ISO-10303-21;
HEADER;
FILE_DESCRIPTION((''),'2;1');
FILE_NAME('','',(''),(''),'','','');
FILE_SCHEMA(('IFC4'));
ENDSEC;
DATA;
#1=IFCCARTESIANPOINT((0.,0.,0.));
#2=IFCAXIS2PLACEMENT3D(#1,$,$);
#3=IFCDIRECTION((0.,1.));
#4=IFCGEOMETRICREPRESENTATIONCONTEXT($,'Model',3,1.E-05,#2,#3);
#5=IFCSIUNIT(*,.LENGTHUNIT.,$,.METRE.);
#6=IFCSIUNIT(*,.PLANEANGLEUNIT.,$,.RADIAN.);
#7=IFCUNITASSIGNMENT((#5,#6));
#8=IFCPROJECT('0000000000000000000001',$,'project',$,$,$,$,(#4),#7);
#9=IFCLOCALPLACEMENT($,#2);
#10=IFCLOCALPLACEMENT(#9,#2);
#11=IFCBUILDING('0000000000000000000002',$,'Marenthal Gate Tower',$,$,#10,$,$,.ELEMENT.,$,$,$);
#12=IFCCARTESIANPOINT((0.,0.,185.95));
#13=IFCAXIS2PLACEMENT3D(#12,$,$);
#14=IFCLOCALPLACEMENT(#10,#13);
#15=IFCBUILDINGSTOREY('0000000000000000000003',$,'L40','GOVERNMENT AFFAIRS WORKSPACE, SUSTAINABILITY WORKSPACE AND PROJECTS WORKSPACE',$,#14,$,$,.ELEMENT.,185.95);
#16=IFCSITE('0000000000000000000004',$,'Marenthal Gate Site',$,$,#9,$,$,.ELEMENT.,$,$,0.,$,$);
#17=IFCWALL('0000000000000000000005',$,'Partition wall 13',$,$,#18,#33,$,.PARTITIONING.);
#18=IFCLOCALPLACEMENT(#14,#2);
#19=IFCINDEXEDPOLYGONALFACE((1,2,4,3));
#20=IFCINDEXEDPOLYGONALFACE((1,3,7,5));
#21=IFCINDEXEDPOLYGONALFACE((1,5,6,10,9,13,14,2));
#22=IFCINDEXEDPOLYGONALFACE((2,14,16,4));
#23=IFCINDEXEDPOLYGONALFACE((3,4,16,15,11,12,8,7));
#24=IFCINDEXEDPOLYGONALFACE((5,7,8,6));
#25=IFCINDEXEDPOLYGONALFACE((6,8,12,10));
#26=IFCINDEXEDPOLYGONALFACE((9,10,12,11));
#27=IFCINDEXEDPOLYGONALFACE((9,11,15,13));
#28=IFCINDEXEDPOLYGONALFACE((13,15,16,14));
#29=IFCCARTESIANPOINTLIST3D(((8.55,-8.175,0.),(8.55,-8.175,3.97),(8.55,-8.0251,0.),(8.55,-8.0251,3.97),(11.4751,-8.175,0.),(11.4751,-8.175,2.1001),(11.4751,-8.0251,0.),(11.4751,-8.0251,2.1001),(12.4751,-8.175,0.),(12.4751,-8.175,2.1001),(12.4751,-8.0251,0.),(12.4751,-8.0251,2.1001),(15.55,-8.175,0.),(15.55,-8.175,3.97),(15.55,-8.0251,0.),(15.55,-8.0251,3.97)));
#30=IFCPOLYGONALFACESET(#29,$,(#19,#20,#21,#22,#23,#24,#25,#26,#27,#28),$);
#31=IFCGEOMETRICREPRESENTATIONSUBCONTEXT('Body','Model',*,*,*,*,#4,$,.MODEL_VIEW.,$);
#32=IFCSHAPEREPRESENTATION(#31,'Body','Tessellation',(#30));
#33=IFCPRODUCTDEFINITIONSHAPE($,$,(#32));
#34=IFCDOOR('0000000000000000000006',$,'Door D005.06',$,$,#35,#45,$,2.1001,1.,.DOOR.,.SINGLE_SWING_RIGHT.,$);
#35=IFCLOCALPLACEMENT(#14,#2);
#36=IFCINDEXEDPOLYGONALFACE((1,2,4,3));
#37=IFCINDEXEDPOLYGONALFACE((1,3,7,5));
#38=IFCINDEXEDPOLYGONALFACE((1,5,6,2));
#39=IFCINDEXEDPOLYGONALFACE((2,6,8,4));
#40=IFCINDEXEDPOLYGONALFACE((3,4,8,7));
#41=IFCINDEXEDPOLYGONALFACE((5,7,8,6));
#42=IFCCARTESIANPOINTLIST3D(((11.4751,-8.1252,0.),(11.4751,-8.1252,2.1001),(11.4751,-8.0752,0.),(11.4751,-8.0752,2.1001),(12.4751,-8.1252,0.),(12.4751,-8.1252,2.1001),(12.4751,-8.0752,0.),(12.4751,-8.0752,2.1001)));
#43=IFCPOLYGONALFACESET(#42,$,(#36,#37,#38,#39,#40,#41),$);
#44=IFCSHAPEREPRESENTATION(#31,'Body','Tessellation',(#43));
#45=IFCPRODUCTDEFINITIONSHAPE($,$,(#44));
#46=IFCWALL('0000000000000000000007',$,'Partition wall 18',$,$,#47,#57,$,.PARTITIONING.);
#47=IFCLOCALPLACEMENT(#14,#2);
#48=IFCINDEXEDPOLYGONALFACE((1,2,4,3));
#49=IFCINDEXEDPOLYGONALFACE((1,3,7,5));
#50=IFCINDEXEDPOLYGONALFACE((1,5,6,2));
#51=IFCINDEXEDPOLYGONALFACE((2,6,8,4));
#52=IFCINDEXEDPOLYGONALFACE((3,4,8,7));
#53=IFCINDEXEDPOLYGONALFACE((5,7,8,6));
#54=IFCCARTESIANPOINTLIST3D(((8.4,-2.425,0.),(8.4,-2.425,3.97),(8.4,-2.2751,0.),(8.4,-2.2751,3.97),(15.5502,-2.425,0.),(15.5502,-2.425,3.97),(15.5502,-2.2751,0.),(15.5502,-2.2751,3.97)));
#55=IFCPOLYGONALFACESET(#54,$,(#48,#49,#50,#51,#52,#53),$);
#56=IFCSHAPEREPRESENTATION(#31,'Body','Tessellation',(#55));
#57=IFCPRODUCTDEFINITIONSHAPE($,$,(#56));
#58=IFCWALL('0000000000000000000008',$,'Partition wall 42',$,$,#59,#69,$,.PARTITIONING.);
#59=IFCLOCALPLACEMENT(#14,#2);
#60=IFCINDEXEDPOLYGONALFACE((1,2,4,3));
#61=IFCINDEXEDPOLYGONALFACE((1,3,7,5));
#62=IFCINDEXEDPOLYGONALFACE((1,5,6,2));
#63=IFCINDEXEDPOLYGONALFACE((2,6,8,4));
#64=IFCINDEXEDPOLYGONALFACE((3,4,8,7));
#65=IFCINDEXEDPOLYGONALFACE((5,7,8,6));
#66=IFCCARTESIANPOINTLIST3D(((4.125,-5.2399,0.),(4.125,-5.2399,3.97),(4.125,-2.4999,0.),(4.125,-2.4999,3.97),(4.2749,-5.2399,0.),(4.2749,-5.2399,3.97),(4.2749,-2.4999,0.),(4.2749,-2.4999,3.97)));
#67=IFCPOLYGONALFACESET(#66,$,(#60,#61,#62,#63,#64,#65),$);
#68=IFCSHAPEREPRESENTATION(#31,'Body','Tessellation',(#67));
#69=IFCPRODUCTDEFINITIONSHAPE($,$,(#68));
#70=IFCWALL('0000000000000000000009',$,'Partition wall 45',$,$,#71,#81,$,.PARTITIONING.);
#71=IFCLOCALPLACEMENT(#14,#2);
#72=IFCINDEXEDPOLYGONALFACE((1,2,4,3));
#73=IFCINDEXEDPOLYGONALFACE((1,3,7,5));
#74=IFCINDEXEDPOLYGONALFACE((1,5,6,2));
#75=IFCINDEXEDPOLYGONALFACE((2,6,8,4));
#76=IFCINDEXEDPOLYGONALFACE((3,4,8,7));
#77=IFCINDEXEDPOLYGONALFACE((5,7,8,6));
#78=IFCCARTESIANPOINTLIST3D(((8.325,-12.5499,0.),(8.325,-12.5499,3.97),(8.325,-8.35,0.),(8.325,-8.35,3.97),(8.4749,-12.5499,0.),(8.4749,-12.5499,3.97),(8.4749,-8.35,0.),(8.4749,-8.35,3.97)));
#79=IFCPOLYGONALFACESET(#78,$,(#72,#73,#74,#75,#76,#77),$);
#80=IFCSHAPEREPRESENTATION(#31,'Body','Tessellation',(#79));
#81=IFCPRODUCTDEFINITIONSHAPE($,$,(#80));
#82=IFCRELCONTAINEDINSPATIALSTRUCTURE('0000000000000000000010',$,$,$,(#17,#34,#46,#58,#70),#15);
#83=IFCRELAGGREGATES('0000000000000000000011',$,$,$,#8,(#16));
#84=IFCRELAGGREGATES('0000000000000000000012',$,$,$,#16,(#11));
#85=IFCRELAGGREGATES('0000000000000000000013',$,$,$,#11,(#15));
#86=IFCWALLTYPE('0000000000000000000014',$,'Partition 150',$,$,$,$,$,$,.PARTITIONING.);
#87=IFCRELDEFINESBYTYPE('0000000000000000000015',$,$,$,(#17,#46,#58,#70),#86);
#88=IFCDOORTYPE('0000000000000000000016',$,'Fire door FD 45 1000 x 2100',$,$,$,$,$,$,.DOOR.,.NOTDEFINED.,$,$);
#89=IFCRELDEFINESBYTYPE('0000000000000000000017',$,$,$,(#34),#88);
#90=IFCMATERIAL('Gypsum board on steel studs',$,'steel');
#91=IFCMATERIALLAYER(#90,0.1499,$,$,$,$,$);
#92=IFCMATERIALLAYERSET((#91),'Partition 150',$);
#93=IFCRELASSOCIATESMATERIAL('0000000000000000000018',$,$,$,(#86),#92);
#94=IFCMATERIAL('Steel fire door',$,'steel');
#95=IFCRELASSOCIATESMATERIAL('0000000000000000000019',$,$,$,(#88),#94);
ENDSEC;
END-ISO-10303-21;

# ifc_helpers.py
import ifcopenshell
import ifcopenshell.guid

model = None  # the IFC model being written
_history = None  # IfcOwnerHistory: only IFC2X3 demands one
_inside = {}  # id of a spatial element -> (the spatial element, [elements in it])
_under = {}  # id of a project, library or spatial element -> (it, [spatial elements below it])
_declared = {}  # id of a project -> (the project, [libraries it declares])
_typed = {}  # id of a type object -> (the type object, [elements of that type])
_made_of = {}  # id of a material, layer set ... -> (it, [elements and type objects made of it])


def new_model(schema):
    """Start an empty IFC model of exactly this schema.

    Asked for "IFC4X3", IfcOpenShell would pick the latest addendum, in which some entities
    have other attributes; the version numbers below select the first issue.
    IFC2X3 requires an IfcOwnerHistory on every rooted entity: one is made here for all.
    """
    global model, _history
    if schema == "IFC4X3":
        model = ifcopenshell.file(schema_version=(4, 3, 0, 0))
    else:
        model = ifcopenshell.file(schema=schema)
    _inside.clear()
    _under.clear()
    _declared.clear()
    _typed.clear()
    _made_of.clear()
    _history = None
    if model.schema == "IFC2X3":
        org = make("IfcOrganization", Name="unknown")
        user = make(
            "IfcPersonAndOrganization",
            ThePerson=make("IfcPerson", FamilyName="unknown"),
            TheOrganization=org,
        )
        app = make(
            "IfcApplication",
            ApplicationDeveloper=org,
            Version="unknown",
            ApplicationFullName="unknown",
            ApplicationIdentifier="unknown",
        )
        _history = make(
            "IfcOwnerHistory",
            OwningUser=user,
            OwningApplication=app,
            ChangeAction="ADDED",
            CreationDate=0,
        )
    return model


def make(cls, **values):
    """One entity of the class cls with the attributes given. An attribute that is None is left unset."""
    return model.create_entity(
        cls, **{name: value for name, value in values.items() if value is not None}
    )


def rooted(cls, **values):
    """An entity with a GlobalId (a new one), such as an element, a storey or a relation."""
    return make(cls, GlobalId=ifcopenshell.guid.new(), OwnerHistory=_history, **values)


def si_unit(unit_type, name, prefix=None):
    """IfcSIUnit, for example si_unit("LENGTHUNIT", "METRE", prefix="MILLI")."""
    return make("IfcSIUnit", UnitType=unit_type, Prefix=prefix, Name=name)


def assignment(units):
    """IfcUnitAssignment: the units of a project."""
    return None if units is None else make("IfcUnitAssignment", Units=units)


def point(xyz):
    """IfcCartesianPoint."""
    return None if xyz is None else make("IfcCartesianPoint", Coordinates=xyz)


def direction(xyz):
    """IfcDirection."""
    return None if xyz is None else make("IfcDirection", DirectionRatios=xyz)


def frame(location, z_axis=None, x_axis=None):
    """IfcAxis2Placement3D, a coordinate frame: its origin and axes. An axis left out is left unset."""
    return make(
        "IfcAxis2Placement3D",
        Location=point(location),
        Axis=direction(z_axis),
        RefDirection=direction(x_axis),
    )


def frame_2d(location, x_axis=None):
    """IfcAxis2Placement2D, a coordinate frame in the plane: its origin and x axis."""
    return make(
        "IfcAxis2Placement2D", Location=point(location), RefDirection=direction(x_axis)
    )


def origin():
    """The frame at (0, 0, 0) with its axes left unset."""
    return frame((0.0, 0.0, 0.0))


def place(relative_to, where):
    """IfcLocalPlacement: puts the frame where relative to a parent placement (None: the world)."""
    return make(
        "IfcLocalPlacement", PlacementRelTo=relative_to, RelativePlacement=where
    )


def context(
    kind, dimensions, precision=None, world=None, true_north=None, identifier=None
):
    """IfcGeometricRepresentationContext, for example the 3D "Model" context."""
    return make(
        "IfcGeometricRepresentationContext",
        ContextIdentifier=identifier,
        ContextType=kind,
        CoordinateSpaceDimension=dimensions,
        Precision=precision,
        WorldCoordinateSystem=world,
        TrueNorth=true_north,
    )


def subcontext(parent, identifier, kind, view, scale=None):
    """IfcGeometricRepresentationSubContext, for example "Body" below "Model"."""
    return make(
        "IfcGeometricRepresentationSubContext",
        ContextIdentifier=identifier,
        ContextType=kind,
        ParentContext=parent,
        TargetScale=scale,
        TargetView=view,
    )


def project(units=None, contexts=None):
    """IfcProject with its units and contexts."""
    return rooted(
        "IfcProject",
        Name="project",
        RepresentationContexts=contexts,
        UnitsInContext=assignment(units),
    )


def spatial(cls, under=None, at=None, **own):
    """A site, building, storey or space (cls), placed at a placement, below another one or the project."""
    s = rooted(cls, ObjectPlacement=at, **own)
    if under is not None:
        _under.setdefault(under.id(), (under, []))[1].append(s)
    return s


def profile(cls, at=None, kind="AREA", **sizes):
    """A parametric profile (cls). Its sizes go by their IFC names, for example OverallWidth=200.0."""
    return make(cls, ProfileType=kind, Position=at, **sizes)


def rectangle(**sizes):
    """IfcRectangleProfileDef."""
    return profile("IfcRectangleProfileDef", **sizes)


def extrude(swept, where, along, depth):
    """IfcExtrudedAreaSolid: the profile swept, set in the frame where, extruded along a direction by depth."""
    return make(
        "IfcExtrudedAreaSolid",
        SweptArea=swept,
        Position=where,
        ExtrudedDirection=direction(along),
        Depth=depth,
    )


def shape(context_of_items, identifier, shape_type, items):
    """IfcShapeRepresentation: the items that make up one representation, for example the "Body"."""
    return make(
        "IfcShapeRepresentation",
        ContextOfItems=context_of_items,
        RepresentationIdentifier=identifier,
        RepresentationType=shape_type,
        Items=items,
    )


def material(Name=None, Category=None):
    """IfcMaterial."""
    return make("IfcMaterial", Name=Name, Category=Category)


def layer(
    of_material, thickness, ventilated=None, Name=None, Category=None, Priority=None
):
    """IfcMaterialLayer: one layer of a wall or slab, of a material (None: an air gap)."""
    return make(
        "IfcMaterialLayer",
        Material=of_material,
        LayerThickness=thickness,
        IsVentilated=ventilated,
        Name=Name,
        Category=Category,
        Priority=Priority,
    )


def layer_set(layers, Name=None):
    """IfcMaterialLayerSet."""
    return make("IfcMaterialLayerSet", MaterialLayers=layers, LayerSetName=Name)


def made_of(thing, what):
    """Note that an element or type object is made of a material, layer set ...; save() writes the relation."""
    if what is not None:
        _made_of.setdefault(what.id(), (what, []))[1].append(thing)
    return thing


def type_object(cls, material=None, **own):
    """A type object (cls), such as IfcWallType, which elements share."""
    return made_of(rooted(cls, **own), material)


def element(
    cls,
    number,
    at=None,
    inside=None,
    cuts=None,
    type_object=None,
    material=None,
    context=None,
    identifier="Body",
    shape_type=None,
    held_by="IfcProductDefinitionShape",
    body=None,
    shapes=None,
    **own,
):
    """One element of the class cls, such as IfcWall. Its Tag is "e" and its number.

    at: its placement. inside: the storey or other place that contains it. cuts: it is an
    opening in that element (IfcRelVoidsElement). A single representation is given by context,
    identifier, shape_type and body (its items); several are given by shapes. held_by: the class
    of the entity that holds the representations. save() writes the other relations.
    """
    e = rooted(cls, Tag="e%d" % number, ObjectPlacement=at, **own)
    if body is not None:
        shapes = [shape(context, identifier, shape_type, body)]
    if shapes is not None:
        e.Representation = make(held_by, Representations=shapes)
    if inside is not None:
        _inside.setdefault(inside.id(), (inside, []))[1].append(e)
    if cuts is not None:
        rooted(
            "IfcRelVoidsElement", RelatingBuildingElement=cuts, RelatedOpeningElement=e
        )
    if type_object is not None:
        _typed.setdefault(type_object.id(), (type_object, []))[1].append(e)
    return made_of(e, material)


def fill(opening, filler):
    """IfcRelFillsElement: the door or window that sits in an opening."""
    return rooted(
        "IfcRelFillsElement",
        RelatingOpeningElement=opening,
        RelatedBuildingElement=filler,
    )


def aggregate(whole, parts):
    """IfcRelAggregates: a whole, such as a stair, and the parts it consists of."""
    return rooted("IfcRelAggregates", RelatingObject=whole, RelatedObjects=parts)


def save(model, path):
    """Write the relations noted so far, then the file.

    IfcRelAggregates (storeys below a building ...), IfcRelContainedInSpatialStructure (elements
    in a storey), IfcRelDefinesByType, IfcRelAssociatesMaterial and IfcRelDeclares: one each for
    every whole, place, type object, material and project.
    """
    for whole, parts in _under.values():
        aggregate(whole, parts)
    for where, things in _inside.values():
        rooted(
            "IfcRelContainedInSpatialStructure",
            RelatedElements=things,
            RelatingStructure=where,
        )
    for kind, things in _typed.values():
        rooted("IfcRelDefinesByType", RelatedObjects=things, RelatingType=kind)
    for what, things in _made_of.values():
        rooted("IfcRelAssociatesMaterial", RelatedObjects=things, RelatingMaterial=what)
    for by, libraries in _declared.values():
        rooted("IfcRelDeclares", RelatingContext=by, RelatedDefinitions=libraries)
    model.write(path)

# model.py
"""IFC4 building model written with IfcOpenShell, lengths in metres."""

from ifc_helpers import new_model, si_unit, direction, frame, frame_2d, origin, place, context, subcontext, project, spatial, rectangle, extrude, material, layer, layer_set, type_object, element, fill, save


model = new_model("IFC4")

# Units and contexts
model_context = context("Model", 3, precision=1e-05, world=origin(), true_north=direction((0.0, 1.0)))
body_context = subcontext(model_context, "Body", "Model", "MODEL_VIEW")
ifc_project = project(units=[si_unit("LENGTHUNIT", "METRE"), si_unit("PLANEANGLEUNIT", "RADIAN")], contexts=[model_context])

# Site, building, storey
site_placement = place(None, origin())
site = spatial("IfcSite", under=ifc_project, at=site_placement, Name="Marenthal Gate Site", CompositionType="ELEMENT", RefElevation=0.0)
building_placement = place(site_placement, origin())
building = spatial("IfcBuilding", under=site, at=building_placement, Name="Marenthal Gate Tower", CompositionType="ELEMENT")
storey_placement = place(building_placement, frame((0.0, 0.0, 185.95)))
storey = spatial("IfcBuildingStorey", under=building, at=storey_placement, Name="L40", Description="GOVERNMENT AFFAIRS WORKSPACE, SUSTAINABILITY WORKSPACE AND PROJECTS WORKSPACE", CompositionType="ELEMENT", Elevation=185.95)

# Wall, opening, door
ifc_material_1 = material(Name="Gypsum board on steel studs", Category="steel")
ifc_layer_1 = layer(ifc_material_1, 0.1499)
ifc_layer_set_1 = layer_set([ifc_layer_1], Name="Partition 150")
wall_type_1 = type_object("IfcWallType", Name="Partition 150", PredefinedType="PARTITIONING", material=ifc_layer_set_1)
ifc_material_2 = material(Name="Steel fire door", Category="steel")
door_type_1 = type_object("IfcDoorType", Name="Fire door FD 45 1000 x 2100", OperationType="NOTDEFINED", PredefinedType="DOOR", material=ifc_material_2)
wall_1_placement = place(storey_placement, frame((8.55, -8.1001, 0.0), z_axis=(0.0, 0.0, 1.0), x_axis=(1.0, 0.0, 0.0)))
wall_1 = element("IfcWall", 1, at=wall_1_placement, inside=storey, type_object=wall_type_1, Name="Partition wall 13", PredefinedType="PARTITIONING", context=body_context, shape_type="SweptSolid", body=[
    extrude(rectangle(XDim=7.0, YDim=0.1499, at=frame_2d((3.5, 0.0))), origin(), (0.0, 0.0, 1.0), 3.97),
])
opening_1_placement = place(wall_1_placement, frame((2.925, 0.0, 0.0)))
opening_1 = element("IfcOpeningElement", 2, at=opening_1_placement, cuts=wall_1, PredefinedType="OPENING", context=body_context, shape_type="SweptSolid", body=[
    extrude(rectangle(XDim=1.0, YDim=2.1001, at=frame_2d((0.5, 1.05))), frame((0.0, 0.085, 0.0), z_axis=(0.0, -1.0, 0.0), x_axis=(1.0, 0.0, 0.0)), (0.0, 0.0, 1.0), 0.1699),
])
door_1_placement = place(opening_1_placement, origin())
door_1 = element("IfcDoor", 3, at=door_1_placement, inside=storey, type_object=door_type_1, Name="Door D005.06", OperationType="SINGLE_SWING_RIGHT", OverallHeight=2.1001, OverallWidth=1.0, PredefinedType="DOOR", context=body_context, shape_type="SweptSolid", body=[
    extrude(rectangle(XDim=1.0, YDim=2.1001, at=frame_2d((0.5, 1.05))), frame((0.0, 0.0249, 0.0), z_axis=(0.0, -1.0, 0.0), x_axis=(1.0, 0.0, 0.0)), (0.0, 0.0, 1.0), 0.05),
])
fill(opening_1, door_1)

# Walls
wall_2_placement = place(storey_placement, frame((8.3999, -2.3501, 0.0), z_axis=(0.0, 0.0, 1.0), x_axis=(1.0, 0.0, 0.0)))
element("IfcWall", 4, at=wall_2_placement, inside=storey, type_object=wall_type_1, Name="Partition wall 18", PredefinedType="PARTITIONING", context=body_context, shape_type="SweptSolid", body=[
    extrude(rectangle(XDim=7.1501, YDim=0.1499, at=frame_2d((3.5752, 0.0))), origin(), (0.0, 0.0, 1.0), 3.97),
])
wall_3_placement = place(storey_placement, frame((4.2, -5.24, 0.0), z_axis=(0.0, 0.0, 1.0), x_axis=(0.0, 1.0, 0.0)))
element("IfcWall", 5, at=wall_3_placement, inside=storey, type_object=wall_type_1, Name="Partition wall 42", PredefinedType="PARTITIONING", context=body_context, shape_type="SweptSolid", body=[
    extrude(rectangle(XDim=2.74, YDim=0.1499, at=frame_2d((1.3701, 0.0))), origin(), (0.0, 0.0, 1.0), 3.97),
])
wall_4_placement = place(storey_placement, frame((8.3999, -12.55, 0.0), z_axis=(0.0, 0.0, 1.0), x_axis=(0.0, 1.0, 0.0)))
element("IfcWall", 6, at=wall_4_placement, inside=storey, type_object=wall_type_1, Name="Partition wall 45", PredefinedType="PARTITIONING", context=body_context, shape_type="SweptSolid", body=[
    extrude(rectangle(XDim=4.2, YDim=0.1499, at=frame_2d((2.1001, 0.0))), origin(), (0.0, 0.0, 1.0), 3.97),
])

save(model, "model.ifc")
